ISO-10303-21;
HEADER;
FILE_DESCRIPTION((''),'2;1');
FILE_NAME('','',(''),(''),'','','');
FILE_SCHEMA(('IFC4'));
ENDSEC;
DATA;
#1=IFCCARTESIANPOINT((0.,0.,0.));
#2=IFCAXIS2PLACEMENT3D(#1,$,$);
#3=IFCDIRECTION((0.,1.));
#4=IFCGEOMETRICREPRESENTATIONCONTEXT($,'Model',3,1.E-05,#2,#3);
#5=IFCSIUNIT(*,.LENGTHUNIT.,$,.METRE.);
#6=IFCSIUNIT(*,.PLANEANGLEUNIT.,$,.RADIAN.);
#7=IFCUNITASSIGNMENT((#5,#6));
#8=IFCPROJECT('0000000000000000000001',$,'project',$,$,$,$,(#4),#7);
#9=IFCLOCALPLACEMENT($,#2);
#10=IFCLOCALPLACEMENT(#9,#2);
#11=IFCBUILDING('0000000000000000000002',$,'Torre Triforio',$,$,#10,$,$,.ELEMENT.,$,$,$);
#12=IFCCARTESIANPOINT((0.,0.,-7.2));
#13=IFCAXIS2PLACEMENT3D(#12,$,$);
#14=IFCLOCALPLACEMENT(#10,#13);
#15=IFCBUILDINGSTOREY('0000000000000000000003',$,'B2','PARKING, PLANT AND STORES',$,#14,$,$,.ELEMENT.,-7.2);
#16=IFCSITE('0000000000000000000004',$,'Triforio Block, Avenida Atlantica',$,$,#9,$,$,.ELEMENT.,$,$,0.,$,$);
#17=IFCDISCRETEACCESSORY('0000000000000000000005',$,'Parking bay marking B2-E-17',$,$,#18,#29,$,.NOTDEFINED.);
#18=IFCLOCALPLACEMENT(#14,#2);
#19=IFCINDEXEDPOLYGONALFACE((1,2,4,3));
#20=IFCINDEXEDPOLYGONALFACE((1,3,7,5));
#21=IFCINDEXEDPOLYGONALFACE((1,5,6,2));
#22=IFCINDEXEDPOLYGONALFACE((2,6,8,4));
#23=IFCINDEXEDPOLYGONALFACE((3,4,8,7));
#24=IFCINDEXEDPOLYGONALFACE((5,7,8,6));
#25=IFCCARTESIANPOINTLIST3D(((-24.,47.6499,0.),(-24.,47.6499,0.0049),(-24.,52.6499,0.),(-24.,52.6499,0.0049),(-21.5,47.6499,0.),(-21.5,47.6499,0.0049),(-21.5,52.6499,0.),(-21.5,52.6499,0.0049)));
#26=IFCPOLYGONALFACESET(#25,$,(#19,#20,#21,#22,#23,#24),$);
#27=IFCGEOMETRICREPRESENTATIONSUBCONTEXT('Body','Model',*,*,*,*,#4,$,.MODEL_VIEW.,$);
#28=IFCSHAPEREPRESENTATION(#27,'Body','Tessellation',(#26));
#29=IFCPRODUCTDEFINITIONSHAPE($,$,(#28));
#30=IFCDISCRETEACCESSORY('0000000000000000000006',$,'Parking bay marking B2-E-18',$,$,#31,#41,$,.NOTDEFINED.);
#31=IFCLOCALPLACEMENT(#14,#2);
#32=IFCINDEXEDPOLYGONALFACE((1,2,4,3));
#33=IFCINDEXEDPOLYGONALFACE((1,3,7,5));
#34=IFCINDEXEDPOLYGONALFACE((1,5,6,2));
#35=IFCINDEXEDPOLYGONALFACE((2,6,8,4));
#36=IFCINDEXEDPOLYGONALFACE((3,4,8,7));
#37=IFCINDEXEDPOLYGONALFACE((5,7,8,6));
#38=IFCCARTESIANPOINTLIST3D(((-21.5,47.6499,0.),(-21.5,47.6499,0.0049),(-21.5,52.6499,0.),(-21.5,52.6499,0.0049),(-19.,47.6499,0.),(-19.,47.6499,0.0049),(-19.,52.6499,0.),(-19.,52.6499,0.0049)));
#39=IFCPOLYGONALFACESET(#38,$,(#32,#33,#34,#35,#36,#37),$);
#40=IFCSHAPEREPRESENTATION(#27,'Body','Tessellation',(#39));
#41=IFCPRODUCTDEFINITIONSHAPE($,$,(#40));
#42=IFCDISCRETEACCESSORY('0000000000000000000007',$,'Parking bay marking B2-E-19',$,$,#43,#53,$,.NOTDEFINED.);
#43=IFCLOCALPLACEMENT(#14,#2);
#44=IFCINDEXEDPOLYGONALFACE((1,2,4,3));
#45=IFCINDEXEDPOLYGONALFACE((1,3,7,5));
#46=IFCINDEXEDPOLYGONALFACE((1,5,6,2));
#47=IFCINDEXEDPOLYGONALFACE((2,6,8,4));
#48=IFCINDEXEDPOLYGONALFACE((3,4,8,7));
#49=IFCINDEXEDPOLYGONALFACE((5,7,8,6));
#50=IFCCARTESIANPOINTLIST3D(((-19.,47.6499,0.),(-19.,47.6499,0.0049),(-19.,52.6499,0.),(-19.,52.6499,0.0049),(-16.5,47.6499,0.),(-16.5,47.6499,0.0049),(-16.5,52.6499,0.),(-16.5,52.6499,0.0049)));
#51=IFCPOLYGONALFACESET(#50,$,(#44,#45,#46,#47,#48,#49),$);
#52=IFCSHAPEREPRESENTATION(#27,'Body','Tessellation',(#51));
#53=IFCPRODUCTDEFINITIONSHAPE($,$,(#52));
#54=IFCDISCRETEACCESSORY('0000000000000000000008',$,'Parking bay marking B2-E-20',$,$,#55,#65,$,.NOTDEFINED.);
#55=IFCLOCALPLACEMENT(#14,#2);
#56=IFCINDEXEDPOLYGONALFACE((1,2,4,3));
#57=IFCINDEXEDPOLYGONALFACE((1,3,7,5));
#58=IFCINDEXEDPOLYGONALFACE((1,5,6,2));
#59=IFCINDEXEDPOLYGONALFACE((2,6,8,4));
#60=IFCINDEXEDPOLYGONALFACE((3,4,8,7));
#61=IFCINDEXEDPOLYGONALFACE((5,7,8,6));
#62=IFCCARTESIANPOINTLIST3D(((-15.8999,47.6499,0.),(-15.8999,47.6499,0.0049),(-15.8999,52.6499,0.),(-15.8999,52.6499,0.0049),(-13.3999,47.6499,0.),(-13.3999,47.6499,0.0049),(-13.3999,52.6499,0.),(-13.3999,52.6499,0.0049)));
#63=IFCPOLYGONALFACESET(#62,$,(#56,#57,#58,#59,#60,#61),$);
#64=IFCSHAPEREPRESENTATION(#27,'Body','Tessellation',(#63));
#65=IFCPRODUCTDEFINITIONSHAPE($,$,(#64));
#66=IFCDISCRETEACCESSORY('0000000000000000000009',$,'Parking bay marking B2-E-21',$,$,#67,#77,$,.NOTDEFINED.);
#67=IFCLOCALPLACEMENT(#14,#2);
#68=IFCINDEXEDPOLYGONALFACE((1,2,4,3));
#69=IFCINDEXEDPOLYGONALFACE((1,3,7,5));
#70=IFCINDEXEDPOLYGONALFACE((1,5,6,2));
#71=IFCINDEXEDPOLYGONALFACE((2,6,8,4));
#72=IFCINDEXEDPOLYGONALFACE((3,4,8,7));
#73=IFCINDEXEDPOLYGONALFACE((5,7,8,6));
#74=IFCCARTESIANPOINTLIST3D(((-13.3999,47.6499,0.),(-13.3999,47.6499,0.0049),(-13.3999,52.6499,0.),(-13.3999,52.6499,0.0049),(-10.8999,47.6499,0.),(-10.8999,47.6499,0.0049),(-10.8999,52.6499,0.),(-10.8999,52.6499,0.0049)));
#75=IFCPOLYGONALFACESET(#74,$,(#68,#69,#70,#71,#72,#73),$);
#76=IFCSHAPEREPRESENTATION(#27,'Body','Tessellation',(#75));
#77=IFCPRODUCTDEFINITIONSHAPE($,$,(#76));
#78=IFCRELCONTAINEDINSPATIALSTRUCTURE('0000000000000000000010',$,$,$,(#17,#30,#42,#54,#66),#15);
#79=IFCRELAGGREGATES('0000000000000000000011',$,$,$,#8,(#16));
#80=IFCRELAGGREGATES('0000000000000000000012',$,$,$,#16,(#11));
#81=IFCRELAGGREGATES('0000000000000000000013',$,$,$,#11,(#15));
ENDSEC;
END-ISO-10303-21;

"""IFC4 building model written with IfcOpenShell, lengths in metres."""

from ifc_helpers import new_model, si_unit, direction, frame, origin, origin_2d, place, context, subcontext, project, spatial, rectangle, extrude, element, save


model = new_model("IFC4")

# Units and contexts
model_context = context("Model", 3, precision=1e-05, world=origin(), true_north=direction((0.0, 1.0)))
body_context = subcontext(model_context, "Body", "Model", "MODEL_VIEW")
ifc_project = project(units=[si_unit("LENGTHUNIT", "METRE"), si_unit("PLANEANGLEUNIT", "RADIAN")], contexts=[model_context])

# Site, building, storey
site_placement = place(None, origin())
site = spatial("IfcSite", under=ifc_project, at=site_placement, Name="Triforio Block, Avenida Atlantica", CompositionType="ELEMENT", RefElevation=0.0)
building_placement = place(site_placement, origin())
building = spatial("IfcBuilding", under=site, at=building_placement, Name="Torre Triforio", CompositionType="ELEMENT")
storey_placement = place(building_placement, frame((0.0, 0.0, -7.2)))
storey = spatial("IfcBuildingStorey", under=building, at=storey_placement, Name="B2", Description="PARKING, PLANT AND STORES", CompositionType="ELEMENT", Elevation=-7.2)

# Discrete accessories
for number, where, z_axis, x_axis, name in (
    (1, (-22.75, 50.1499, 0.0), (0.0, 0.0, 1.0), (1.0, 0.0, 0.0), "Parking bay marking B2-E-17"),
    (2, (-20.25, 50.1499, 0.0), (0.0, 0.0, 1.0), (1.0, 0.0, 0.0), "Parking bay marking B2-E-18"),
    (3, (-17.75, 50.1499, 0.0), (0.0, 0.0, 1.0), (1.0, 0.0, 0.0), "Parking bay marking B2-E-19"),
    (4, (-14.6499, 50.1499, 0.0), (0.0, 0.0, 1.0), (1.0, 0.0, 0.0), "Parking bay marking B2-E-20"),
    (5, (-12.1499, 50.1499, 0.0), (0.0, 0.0, 1.0), (1.0, 0.0, 0.0), "Parking bay marking B2-E-21"),
):
    element("IfcDiscreteAccessory", number, at=place(storey_placement, frame(where, z_axis=z_axis, x_axis=x_axis)), inside=storey, Name=name, PredefinedType="NOTDEFINED", context=body_context, shape_type="SweptSolid", body=[
        extrude(rectangle(XDim=2.5, YDim=5.0, at=origin_2d()), origin(), (0.0, 0.0, 1.0), 0.0049),
    ])

save(model, "model.ifc")
